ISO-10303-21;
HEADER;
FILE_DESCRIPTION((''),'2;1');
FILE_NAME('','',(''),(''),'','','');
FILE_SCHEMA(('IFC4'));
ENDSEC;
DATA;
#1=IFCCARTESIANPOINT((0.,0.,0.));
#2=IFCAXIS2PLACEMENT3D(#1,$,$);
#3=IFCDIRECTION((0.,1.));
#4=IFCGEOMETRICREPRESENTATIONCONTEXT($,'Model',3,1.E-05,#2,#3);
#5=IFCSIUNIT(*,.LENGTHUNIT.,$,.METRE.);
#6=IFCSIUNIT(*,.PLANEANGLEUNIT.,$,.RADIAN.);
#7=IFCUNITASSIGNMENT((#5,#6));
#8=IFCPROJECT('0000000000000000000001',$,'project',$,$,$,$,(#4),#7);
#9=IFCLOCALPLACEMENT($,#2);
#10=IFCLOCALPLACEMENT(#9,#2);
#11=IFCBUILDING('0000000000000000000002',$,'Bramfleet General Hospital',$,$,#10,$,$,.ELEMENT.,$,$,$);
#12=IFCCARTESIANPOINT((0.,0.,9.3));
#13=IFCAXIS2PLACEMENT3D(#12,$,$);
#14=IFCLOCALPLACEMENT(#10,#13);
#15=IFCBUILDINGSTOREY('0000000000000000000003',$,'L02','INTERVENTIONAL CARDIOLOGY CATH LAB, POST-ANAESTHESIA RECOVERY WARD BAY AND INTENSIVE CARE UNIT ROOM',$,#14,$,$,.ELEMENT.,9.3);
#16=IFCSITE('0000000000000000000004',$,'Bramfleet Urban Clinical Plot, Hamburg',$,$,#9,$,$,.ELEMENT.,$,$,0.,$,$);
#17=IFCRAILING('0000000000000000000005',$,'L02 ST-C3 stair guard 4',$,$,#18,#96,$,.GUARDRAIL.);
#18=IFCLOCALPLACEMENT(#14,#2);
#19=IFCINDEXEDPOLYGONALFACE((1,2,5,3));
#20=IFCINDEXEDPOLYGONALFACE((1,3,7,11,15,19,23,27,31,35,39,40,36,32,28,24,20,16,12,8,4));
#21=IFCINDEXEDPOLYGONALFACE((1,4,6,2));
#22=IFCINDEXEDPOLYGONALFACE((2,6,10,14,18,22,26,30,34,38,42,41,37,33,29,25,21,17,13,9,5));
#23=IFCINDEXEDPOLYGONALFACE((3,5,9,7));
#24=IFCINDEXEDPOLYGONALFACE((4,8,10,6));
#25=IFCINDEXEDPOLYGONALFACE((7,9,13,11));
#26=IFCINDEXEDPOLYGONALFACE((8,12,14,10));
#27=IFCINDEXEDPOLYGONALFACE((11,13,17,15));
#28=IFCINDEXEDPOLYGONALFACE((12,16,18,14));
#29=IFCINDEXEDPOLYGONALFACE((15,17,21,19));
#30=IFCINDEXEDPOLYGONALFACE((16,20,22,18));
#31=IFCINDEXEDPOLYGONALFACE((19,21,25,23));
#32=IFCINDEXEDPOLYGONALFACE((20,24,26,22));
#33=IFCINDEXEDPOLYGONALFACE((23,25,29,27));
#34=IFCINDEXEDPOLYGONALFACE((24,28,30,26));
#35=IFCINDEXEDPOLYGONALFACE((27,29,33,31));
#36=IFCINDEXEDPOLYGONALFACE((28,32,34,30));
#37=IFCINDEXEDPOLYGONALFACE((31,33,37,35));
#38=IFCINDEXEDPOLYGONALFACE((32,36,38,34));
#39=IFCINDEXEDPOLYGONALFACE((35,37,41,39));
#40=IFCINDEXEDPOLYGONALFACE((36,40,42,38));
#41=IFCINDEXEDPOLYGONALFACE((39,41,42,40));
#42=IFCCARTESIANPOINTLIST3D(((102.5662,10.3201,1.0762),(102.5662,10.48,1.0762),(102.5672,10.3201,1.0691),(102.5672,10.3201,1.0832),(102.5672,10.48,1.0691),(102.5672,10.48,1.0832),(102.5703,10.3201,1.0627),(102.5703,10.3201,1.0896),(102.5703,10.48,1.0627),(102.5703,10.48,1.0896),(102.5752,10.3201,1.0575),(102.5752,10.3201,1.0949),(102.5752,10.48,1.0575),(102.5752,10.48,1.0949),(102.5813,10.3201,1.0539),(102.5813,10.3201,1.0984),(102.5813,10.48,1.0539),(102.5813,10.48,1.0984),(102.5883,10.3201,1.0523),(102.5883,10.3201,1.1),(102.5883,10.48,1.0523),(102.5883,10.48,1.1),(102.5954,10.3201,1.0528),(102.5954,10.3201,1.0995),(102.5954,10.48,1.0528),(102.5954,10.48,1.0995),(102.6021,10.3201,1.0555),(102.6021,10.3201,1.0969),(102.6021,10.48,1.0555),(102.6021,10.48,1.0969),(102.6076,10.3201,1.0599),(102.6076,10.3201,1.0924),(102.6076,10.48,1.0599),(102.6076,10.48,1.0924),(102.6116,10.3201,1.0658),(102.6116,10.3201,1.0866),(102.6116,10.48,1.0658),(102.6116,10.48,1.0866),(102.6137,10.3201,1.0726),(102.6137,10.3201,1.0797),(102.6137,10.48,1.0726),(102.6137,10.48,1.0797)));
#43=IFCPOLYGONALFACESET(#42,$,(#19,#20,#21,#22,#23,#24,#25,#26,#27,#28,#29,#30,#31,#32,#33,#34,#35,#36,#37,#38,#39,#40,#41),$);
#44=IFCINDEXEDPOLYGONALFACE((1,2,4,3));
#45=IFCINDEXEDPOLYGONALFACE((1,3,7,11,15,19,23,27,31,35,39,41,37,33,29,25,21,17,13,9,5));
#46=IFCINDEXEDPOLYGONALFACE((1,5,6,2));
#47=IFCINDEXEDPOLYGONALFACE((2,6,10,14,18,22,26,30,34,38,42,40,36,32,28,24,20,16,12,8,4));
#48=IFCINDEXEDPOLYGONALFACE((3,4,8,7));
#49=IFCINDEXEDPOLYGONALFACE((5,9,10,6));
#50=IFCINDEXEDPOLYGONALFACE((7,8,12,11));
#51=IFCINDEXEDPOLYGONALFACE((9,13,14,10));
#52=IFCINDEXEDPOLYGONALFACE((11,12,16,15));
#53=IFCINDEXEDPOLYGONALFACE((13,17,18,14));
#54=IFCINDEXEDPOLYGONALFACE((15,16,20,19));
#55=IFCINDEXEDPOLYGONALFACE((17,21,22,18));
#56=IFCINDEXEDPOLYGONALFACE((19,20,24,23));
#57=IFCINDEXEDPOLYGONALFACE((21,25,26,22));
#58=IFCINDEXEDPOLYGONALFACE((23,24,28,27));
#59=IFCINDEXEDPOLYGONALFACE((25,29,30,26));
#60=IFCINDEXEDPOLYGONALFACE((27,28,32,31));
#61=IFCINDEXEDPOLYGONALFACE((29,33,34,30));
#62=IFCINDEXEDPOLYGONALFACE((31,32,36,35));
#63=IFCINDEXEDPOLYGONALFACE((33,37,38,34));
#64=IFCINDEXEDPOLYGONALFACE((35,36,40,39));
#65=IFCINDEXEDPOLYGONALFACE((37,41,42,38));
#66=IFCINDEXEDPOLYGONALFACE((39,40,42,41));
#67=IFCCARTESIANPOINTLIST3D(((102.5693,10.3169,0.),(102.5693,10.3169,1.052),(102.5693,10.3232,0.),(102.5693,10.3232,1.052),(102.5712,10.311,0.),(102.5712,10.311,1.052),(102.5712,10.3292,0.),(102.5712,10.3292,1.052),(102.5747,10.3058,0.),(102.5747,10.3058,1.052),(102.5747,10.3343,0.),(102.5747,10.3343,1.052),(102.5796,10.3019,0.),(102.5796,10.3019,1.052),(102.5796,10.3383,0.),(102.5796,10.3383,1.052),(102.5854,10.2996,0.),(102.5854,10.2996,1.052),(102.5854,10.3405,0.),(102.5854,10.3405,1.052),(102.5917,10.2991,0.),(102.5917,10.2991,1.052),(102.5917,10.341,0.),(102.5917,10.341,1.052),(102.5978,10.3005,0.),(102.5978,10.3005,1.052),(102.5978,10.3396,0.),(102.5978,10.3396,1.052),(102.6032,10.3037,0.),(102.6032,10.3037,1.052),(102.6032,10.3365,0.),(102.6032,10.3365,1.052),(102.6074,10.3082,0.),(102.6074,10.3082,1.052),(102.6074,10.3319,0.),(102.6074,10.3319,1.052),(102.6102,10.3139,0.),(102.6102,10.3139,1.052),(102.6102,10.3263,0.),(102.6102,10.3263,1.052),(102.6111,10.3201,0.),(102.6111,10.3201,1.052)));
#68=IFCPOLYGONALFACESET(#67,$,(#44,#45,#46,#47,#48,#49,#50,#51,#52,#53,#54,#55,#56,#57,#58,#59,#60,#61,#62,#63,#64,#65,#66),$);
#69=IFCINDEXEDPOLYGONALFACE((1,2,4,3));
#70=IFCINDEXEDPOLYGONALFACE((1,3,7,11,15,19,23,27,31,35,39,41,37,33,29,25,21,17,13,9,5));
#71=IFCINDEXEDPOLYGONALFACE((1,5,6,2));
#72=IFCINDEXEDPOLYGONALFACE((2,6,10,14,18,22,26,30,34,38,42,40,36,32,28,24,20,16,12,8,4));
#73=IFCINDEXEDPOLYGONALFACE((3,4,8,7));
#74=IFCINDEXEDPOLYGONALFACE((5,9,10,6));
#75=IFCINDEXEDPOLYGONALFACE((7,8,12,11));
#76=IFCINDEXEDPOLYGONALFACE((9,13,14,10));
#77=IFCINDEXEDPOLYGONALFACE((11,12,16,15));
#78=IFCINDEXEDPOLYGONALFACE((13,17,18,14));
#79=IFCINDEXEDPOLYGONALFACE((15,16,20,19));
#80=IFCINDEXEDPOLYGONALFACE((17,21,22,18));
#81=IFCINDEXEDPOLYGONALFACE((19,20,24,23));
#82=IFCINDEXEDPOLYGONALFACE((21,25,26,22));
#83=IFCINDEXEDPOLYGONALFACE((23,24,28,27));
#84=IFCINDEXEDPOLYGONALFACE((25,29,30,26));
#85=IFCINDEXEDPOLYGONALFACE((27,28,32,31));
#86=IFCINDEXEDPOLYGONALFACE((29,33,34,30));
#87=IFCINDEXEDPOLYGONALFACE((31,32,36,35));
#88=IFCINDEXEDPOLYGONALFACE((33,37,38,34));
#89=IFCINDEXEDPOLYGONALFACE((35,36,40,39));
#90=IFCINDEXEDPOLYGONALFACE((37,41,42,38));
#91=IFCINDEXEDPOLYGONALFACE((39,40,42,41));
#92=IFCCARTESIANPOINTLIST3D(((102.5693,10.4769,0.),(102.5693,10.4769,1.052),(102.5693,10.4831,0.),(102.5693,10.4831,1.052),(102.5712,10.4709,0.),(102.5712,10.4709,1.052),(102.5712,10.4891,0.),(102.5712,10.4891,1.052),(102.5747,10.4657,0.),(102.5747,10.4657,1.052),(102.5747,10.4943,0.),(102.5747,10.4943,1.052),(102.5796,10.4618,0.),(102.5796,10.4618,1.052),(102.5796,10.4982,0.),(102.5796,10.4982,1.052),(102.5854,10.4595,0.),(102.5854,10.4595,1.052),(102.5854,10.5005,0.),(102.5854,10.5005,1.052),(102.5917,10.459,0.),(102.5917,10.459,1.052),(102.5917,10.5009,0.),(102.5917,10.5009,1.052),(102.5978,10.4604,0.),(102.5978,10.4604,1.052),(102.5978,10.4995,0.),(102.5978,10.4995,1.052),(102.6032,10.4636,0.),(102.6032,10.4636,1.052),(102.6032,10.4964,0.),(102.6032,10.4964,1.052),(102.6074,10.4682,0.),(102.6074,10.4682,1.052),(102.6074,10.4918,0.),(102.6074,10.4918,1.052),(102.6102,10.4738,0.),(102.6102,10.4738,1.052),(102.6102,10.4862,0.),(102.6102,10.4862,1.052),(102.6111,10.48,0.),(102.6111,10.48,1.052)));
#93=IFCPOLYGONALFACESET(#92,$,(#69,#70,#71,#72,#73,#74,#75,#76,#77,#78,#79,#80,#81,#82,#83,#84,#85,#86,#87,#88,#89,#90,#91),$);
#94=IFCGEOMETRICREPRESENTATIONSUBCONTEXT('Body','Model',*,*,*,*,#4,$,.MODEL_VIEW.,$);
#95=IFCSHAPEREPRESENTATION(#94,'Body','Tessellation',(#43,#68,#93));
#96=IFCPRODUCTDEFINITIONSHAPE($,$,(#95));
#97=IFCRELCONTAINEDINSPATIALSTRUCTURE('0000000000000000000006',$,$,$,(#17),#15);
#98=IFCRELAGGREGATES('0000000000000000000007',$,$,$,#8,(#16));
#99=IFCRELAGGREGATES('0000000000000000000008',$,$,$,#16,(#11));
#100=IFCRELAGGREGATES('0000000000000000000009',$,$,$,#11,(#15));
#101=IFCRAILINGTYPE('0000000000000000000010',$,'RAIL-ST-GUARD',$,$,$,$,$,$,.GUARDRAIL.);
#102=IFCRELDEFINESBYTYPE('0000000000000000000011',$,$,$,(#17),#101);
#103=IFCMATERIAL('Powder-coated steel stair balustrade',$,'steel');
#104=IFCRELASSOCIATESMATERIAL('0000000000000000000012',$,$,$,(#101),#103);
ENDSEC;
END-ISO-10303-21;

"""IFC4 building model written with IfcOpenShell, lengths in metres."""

from ifc_helpers import new_model, si_unit, direction, frame, origin, origin_2d, place, context, subcontext, project, spatial, circle, extrude, material, type_object, element, save


model = new_model("IFC4")

# Units and contexts
model_context = context("Model", 3, precision=1e-05, world=origin(), true_north=direction((0.0, 1.0)))
body_context = subcontext(model_context, "Body", "Model", "MODEL_VIEW")
ifc_project = project(units=[si_unit("LENGTHUNIT", "METRE"), si_unit("PLANEANGLEUNIT", "RADIAN")], contexts=[model_context])

# Site, building, storey
site_placement = place(None, origin())
site = spatial("IfcSite", under=ifc_project, at=site_placement, Name="Bramfleet Urban Clinical Plot, Hamburg", CompositionType="ELEMENT", RefElevation=0.0)
building_placement = place(site_placement, origin())
building = spatial("IfcBuilding", under=site, at=building_placement, Name="Bramfleet General Hospital", CompositionType="ELEMENT")
storey_placement = place(building_placement, frame((0.0, 0.0, 9.3)))
storey = spatial("IfcBuildingStorey", under=building, at=storey_placement, Name="L02", Description="INTERVENTIONAL CARDIOLOGY CATH LAB, POST-ANAESTHESIA RECOVERY WARD BAY AND INTENSIVE CARE UNIT ROOM", CompositionType="ELEMENT", Elevation=9.3)

# Railing
ifc_material_1 = material(Name="Powder-coated steel stair balustrade", Category="steel")
railing_type = type_object("IfcRailingType", Name="RAIL-ST-GUARD", PredefinedType="GUARDRAIL", material=ifc_material_1)
railing_placement = place(storey_placement, frame((102.5901, 10.3201, 0.0)))
element("IfcRailing", 1, at=railing_placement, inside=storey, type_object=railing_type, Name="L02 ST-C3 stair guard 4", PredefinedType="GUARDRAIL", context=body_context, shape_type="SweptSolid", body=[
    extrude(circle(Radius=0.0239, at=origin_2d()), frame((0.0, 0.0, 1.0762), z_axis=(0.0, 1.0, 0.0), x_axis=(-1.0, 0.0, 0.0)), (0.0, 0.0, 1.0), 0.1599),
    extrude(circle(Radius=0.021, at=origin_2d()), origin(), (0.0, 0.0, 1.0), 1.052),
    extrude(circle(Radius=0.021, at=origin_2d()), frame((0.0, 0.1599, 0.0)), (0.0, 0.0, 1.0), 1.052),
])

save(model, "model.ifc")
